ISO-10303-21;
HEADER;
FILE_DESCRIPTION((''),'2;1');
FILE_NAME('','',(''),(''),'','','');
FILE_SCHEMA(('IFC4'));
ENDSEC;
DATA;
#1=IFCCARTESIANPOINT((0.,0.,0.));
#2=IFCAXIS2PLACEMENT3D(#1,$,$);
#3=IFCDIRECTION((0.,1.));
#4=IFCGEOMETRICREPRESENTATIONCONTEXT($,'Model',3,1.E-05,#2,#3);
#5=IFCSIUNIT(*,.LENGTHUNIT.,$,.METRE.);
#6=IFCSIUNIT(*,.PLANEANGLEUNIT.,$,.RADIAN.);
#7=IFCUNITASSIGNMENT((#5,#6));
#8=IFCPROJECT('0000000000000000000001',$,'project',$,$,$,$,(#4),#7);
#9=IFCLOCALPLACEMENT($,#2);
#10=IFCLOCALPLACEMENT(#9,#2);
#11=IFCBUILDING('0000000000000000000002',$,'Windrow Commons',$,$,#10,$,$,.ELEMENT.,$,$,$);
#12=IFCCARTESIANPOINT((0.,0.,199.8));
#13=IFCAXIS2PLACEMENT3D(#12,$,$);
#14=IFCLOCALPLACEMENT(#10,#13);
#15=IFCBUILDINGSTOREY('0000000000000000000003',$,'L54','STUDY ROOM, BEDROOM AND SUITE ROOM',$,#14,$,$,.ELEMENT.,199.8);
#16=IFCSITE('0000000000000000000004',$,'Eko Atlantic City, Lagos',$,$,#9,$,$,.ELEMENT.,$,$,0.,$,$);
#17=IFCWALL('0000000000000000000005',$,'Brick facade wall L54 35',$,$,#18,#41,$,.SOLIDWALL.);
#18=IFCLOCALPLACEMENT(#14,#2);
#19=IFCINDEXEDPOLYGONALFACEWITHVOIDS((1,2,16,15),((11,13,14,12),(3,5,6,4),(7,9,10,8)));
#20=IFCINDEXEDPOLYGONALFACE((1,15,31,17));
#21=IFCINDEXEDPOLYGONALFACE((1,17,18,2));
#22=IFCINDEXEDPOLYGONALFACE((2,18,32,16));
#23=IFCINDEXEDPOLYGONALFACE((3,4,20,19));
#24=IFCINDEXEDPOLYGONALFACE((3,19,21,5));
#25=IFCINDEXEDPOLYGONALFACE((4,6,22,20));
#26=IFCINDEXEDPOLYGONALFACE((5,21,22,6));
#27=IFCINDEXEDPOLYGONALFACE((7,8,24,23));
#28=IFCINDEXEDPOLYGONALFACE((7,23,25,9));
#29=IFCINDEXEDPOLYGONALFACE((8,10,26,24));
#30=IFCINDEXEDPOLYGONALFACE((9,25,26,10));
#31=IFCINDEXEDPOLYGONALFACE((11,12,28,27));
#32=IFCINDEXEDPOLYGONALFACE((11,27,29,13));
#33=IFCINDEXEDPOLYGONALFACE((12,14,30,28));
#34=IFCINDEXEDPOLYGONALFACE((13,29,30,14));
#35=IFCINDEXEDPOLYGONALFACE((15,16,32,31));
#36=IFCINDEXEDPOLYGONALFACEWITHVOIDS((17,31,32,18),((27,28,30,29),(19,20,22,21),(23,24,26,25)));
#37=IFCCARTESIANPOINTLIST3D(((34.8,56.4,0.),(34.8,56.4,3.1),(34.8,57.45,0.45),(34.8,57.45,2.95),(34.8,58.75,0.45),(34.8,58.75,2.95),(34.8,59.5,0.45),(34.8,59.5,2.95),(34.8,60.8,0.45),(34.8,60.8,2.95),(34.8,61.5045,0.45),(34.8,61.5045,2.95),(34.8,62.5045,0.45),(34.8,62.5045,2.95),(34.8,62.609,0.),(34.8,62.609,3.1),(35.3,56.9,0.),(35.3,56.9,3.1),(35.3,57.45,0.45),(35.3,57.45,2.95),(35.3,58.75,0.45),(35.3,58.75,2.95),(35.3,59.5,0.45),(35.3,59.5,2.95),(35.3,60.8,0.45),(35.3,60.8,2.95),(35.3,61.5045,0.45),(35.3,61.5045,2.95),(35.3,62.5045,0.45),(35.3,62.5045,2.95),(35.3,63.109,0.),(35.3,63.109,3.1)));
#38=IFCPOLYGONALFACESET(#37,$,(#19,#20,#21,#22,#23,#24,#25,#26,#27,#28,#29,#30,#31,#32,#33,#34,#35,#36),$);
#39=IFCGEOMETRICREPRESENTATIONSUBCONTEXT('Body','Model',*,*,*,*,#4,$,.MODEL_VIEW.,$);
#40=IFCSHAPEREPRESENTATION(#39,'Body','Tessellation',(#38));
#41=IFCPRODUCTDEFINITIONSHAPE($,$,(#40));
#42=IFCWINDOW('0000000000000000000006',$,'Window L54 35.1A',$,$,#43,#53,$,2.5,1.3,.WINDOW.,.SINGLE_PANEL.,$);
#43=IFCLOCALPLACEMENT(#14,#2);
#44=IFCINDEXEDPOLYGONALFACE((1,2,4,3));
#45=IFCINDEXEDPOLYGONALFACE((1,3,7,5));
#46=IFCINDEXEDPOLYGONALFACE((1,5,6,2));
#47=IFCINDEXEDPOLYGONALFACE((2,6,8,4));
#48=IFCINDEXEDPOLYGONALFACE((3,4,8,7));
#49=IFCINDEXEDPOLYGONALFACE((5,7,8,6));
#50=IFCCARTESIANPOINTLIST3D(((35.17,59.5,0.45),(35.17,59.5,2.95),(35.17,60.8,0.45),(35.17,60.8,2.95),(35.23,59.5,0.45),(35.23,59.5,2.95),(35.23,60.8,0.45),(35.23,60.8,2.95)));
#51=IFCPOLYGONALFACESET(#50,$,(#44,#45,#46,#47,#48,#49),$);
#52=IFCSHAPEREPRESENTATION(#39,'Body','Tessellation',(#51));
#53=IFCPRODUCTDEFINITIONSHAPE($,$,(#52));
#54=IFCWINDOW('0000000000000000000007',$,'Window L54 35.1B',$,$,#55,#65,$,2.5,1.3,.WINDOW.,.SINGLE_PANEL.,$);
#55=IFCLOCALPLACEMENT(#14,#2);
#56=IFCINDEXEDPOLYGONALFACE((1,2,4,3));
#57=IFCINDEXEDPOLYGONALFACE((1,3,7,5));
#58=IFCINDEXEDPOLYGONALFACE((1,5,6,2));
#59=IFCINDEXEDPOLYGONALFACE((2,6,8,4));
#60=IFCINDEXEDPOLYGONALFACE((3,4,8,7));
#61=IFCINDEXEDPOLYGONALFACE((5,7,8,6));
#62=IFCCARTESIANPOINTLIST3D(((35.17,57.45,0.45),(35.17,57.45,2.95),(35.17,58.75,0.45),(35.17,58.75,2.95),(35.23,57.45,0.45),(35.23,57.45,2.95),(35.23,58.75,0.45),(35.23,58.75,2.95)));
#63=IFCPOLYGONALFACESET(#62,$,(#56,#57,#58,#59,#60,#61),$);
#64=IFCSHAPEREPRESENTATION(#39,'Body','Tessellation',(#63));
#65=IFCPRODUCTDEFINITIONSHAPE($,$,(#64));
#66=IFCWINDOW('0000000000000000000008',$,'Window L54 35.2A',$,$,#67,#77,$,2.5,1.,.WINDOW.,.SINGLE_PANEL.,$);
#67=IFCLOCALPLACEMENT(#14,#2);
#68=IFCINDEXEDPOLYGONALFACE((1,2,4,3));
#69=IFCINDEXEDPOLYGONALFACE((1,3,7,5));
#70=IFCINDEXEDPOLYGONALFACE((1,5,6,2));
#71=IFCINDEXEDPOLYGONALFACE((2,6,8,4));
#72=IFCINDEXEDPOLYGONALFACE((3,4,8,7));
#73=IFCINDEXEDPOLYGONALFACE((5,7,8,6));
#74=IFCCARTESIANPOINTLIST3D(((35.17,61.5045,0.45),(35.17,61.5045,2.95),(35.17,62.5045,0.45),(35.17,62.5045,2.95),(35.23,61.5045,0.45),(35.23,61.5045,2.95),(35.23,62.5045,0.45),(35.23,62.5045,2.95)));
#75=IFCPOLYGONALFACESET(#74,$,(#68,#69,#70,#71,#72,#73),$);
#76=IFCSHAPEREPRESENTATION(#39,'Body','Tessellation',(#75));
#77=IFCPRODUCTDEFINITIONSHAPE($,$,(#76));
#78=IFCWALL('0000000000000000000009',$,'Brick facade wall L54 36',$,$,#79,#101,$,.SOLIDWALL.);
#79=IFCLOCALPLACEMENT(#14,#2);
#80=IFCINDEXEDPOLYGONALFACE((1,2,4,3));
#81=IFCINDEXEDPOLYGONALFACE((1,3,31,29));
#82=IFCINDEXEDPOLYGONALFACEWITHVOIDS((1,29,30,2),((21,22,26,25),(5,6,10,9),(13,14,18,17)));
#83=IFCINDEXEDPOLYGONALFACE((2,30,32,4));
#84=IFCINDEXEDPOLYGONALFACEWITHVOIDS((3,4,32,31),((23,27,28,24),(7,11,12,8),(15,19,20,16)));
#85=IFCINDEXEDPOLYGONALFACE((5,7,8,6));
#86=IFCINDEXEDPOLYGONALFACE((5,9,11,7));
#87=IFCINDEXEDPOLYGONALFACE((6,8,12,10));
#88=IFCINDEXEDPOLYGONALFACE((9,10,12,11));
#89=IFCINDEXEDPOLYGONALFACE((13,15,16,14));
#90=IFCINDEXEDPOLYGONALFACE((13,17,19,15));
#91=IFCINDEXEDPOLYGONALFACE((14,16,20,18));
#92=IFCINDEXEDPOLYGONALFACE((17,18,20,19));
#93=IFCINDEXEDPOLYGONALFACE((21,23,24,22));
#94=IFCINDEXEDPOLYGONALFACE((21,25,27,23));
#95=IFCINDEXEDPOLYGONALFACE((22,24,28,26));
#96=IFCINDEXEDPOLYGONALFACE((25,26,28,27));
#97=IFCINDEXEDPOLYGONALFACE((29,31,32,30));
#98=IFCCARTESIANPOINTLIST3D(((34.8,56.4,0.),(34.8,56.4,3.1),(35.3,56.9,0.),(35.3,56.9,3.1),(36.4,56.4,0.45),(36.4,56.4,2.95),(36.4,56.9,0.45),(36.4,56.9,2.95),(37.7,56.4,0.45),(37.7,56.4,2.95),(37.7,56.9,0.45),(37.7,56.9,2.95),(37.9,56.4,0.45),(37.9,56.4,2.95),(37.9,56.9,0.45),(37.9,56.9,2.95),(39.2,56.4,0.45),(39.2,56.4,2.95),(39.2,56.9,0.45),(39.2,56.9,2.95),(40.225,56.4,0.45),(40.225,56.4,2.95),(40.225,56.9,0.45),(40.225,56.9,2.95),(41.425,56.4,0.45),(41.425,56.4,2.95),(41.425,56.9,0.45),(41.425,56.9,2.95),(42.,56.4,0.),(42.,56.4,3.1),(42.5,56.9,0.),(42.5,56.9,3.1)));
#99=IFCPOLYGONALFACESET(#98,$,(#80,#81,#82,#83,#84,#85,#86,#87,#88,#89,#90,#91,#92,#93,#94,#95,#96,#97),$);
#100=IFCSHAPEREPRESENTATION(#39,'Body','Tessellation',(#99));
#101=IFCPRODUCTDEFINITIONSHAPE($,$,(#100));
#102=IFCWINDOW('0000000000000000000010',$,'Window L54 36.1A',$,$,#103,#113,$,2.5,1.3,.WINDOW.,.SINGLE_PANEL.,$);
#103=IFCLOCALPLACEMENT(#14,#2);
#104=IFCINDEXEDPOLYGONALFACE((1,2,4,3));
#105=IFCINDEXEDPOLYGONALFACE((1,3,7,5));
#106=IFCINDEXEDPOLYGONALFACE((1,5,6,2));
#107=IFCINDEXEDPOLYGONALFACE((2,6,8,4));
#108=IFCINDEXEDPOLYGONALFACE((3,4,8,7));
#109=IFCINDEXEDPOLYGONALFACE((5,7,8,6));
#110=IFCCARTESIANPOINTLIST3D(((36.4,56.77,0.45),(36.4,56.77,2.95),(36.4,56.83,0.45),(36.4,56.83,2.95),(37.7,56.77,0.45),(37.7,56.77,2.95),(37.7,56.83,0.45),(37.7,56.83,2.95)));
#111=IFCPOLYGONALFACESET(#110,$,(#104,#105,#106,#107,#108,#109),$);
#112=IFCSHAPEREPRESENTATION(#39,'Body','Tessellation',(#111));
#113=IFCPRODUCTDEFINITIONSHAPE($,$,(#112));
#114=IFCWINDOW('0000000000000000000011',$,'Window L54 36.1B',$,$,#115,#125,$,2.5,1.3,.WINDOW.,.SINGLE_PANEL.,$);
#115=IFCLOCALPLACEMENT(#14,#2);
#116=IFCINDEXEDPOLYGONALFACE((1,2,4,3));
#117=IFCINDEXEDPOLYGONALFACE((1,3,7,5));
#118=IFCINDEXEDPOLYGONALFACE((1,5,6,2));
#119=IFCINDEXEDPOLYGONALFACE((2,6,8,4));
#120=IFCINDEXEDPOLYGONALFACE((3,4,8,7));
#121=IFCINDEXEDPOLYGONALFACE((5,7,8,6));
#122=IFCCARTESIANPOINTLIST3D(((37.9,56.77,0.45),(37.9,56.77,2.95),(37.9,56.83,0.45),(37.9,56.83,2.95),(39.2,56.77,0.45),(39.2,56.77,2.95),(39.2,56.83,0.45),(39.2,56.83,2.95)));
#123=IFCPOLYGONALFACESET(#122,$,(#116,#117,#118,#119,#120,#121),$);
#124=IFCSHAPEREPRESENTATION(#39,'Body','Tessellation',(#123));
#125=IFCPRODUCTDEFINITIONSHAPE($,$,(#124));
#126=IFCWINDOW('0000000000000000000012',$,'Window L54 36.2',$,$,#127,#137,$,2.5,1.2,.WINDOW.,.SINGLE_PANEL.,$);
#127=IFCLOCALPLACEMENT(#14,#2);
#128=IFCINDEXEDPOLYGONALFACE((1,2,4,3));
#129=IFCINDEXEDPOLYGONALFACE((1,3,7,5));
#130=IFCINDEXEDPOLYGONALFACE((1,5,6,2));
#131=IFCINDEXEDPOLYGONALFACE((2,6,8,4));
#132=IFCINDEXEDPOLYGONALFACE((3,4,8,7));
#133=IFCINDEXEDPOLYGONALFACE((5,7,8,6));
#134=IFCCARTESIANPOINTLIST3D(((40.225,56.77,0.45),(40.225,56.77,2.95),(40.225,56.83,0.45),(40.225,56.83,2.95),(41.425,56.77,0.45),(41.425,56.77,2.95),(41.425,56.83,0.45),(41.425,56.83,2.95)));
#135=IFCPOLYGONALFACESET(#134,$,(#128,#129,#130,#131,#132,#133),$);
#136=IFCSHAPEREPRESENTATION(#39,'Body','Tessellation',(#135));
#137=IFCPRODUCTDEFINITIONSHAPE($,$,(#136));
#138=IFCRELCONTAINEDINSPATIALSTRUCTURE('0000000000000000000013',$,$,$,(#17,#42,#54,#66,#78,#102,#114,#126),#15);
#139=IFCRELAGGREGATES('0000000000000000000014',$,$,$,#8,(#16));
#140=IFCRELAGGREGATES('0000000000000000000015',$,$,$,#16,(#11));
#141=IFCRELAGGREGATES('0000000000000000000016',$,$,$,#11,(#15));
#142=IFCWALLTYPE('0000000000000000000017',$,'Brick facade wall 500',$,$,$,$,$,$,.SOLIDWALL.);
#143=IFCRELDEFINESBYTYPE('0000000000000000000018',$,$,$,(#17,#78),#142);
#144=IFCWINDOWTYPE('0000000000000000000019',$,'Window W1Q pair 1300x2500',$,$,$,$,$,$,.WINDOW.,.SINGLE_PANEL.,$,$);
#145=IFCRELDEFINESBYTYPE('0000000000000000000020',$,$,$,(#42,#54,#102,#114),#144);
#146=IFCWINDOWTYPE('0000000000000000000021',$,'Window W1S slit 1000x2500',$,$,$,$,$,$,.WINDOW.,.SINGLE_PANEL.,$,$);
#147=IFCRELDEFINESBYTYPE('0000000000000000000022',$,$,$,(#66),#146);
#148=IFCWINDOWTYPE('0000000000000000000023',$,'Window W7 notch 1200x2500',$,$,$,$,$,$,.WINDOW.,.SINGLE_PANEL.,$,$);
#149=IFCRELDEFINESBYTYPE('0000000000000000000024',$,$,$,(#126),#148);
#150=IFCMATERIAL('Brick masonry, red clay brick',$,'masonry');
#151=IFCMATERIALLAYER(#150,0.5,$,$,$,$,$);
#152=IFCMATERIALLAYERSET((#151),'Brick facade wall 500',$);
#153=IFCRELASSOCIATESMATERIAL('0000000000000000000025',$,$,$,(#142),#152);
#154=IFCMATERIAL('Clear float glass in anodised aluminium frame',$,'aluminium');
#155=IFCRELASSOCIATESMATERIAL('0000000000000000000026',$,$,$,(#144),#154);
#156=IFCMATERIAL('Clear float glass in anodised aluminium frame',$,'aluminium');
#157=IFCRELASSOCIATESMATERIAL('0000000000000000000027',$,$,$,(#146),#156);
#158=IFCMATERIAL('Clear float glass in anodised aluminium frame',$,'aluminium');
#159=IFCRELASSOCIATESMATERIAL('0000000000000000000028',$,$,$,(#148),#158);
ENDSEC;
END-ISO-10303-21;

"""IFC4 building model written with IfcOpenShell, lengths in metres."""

from ifc_helpers import new_model, si_unit, direction, frame, frame_2d, origin, place, context, subcontext, project, spatial, polyline, rectangle, outline, extrude, material, layer, layer_set, type_object, element, fill, save


model = new_model("IFC4")

# Units and contexts
model_context = context("Model", 3, precision=1e-05, world=origin(), true_north=direction((0.0, 1.0)))
body_context = subcontext(model_context, "Body", "Model", "MODEL_VIEW")
ifc_project = project(units=[si_unit("LENGTHUNIT", "METRE"), si_unit("PLANEANGLEUNIT", "RADIAN")], contexts=[model_context])

# Site, building, storey
site_placement = place(None, origin())
site = spatial("IfcSite", under=ifc_project, at=site_placement, Name="Eko Atlantic City, Lagos", CompositionType="ELEMENT", RefElevation=0.0)
building_placement = place(site_placement, origin())
building = spatial("IfcBuilding", under=site, at=building_placement, Name="Windrow Commons", CompositionType="ELEMENT")
storey_placement = place(building_placement, frame((0.0, 0.0, 199.8)))
storey = spatial("IfcBuildingStorey", under=building, at=storey_placement, Name="L54", Description="STUDY ROOM, BEDROOM AND SUITE ROOM", CompositionType="ELEMENT", Elevation=199.8)

# Walls, openings, windows
ifc_material_1 = material(Name="Brick masonry, red clay brick", Category="masonry")
ifc_layer = layer(ifc_material_1, 0.5)
ifc_layer_set = layer_set([ifc_layer], Name="Brick facade wall 500")
wall_type = type_object("IfcWallType", Name="Brick facade wall 500", PredefinedType="SOLIDWALL", material=ifc_layer_set)
wall_1_placement = place(storey_placement, frame((35.05, 62.859, 0.0), z_axis=(0.0, 0.0, 1.0), x_axis=(0.0, -1.0, 0.0)))
wall_1 = element("IfcWall", 1, at=wall_1_placement, inside=storey, type_object=wall_type, Name="Brick facade wall L54 35", PredefinedType="SOLIDWALL", context=body_context, shape_type="SweptSolid", body=[
    extrude(outline(polyline([(0.25, -0.25), (6.459, -0.25), (5.959, 0.25), (-0.25, 0.25), (0.25, -0.25)])), origin(), (0.0, 0.0, 1.0), 3.1),
])
opening_1_placement = place(wall_1_placement, frame((2.059, 0.0, 0.45)))
opening_1 = element("IfcOpeningElement", 2, at=opening_1_placement, cuts=wall_1, PredefinedType="OPENING", context=body_context, shape_type="SweptSolid", body=[
    extrude(rectangle(XDim=1.3, YDim=2.5, at=frame_2d((0.65, 1.25))), frame((0.0, 0.26, 0.0), z_axis=(0.0, -1.0, 0.0), x_axis=(1.0, 0.0, 0.0)), (0.0, 0.0, 1.0), 0.52),
])
opening_2_placement = place(wall_1_placement, frame((4.109, 0.0, 0.45)))
opening_2 = element("IfcOpeningElement", 3, at=opening_2_placement, cuts=wall_1, PredefinedType="OPENING", context=body_context, shape_type="SweptSolid", body=[
    extrude(rectangle(XDim=1.3, YDim=2.5, at=frame_2d((0.65, 1.25))), frame((0.0, 0.26, 0.0), z_axis=(0.0, -1.0, 0.0), x_axis=(1.0, 0.0, 0.0)), (0.0, 0.0, 1.0), 0.52),
])
opening_3_placement = place(wall_1_placement, frame((0.3545, 0.0, 0.45)))
opening_3 = element("IfcOpeningElement", 4, at=opening_3_placement, cuts=wall_1, PredefinedType="OPENING", context=body_context, shape_type="SweptSolid", body=[
    extrude(rectangle(XDim=1.0, YDim=2.5, at=frame_2d((0.5, 1.25))), frame((0.0, 0.26, 0.0), z_axis=(0.0, -1.0, 0.0), x_axis=(1.0, 0.0, 0.0)), (0.0, 0.0, 1.0), 0.52),
])
ifc_material_2 = material(Name="Clear float glass in anodised aluminium frame", Category="aluminium")
window_type_1 = type_object("IfcWindowType", Name="Window W1Q pair 1300x2500", PartitioningType="SINGLE_PANEL", PredefinedType="WINDOW", material=ifc_material_2)
window_1_placement = place(opening_1_placement, origin())
window_1 = element("IfcWindow", 5, at=window_1_placement, inside=storey, type_object=window_type_1, Name="Window L54 35.1A", OverallHeight=2.5, OverallWidth=1.3, PartitioningType="SINGLE_PANEL", PredefinedType="WINDOW", context=body_context, shape_type="SweptSolid", body=[
    extrude(rectangle(XDim=1.3, YDim=2.5, at=frame_2d((0.65, 1.25))), frame((0.0, 0.18, 0.0), z_axis=(0.0, -1.0, 0.0), x_axis=(1.0, 0.0, 0.0)), (0.0, 0.0, 1.0), 0.06),
])
fill(opening_1, window_1)
window_2_placement = place(opening_2_placement, origin())
window_2 = element("IfcWindow", 6, at=window_2_placement, inside=storey, type_object=window_type_1, Name="Window L54 35.1B", OverallHeight=2.5, OverallWidth=1.3, PartitioningType="SINGLE_PANEL", PredefinedType="WINDOW", context=body_context, shape_type="SweptSolid", body=[
    extrude(rectangle(XDim=1.3, YDim=2.5, at=frame_2d((0.65, 1.25))), frame((0.0, 0.18, 0.0), z_axis=(0.0, -1.0, 0.0), x_axis=(1.0, 0.0, 0.0)), (0.0, 0.0, 1.0), 0.06),
])
fill(opening_2, window_2)
ifc_material_3 = material(Name="Clear float glass in anodised aluminium frame", Category="aluminium")
window_type_2 = type_object("IfcWindowType", Name="Window W1S slit 1000x2500", PartitioningType="SINGLE_PANEL", PredefinedType="WINDOW", material=ifc_material_3)
window_3_placement = place(opening_3_placement, origin())
window_3 = element("IfcWindow", 7, at=window_3_placement, inside=storey, type_object=window_type_2, Name="Window L54 35.2A", OverallHeight=2.5, OverallWidth=1.0, PartitioningType="SINGLE_PANEL", PredefinedType="WINDOW", context=body_context, shape_type="SweptSolid", body=[
    extrude(rectangle(XDim=1.0, YDim=2.5, at=frame_2d((0.5, 1.25))), frame((0.0, 0.18, 0.0), z_axis=(0.0, -1.0, 0.0), x_axis=(1.0, 0.0, 0.0)), (0.0, 0.0, 1.0), 0.06),
])
fill(opening_3, window_3)
wall_2_placement = place(storey_placement, frame((35.05, 56.65, 0.0), z_axis=(0.0, 0.0, 1.0), x_axis=(1.0, 0.0, 0.0)))
wall_2 = element("IfcWall", 8, at=wall_2_placement, inside=storey, type_object=wall_type, Name="Brick facade wall L54 36", PredefinedType="SOLIDWALL", context=body_context, shape_type="SweptSolid", body=[
    extrude(outline(polyline([(-0.25, -0.25), (6.95, -0.25), (7.45, 0.25), (0.25, 0.25), (-0.25, -0.25)])), origin(), (0.0, 0.0, 1.0), 3.1),
])
opening_4_placement = place(wall_2_placement, frame((1.35, 0.0, 0.45)))
opening_4 = element("IfcOpeningElement", 9, at=opening_4_placement, cuts=wall_2, PredefinedType="OPENING", context=body_context, shape_type="SweptSolid", body=[
    extrude(rectangle(XDim=1.3, YDim=2.5, at=frame_2d((0.65, 1.25))), frame((0.0, 0.26, 0.0), z_axis=(0.0, -1.0, 0.0), x_axis=(1.0, 0.0, 0.0)), (0.0, 0.0, 1.0), 0.52),
])
opening_5_placement = place(wall_2_placement, frame((2.85, 0.0, 0.45)))
opening_5 = element("IfcOpeningElement", 10, at=opening_5_placement, cuts=wall_2, PredefinedType="OPENING", context=body_context, shape_type="SweptSolid", body=[
    extrude(rectangle(XDim=1.3, YDim=2.5, at=frame_2d((0.65, 1.25))), frame((0.0, 0.26, 0.0), z_axis=(0.0, -1.0, 0.0), x_axis=(1.0, 0.0, 0.0)), (0.0, 0.0, 1.0), 0.52),
])
opening_6_placement = place(wall_2_placement, frame((5.175, 0.0, 0.45)))
opening_6 = element("IfcOpeningElement", 11, at=opening_6_placement, cuts=wall_2, PredefinedType="OPENING", context=body_context, shape_type="SweptSolid", body=[
    extrude(rectangle(XDim=1.2, YDim=2.5, at=frame_2d((0.6, 1.25))), frame((0.0, 0.26, 0.0), z_axis=(0.0, -1.0, 0.0), x_axis=(1.0, 0.0, 0.0)), (0.0, 0.0, 1.0), 0.52),
])
window_4_placement = place(opening_4_placement, origin())
window_4 = element("IfcWindow", 12, at=window_4_placement, inside=storey, type_object=window_type_1, Name="Window L54 36.1A", OverallHeight=2.5, OverallWidth=1.3, PartitioningType="SINGLE_PANEL", PredefinedType="WINDOW", context=body_context, shape_type="SweptSolid", body=[
    extrude(rectangle(XDim=1.3, YDim=2.5, at=frame_2d((0.65, 1.25))), frame((0.0, 0.18, 0.0), z_axis=(0.0, -1.0, 0.0), x_axis=(1.0, 0.0, 0.0)), (0.0, 0.0, 1.0), 0.06),
])
fill(opening_4, window_4)
window_5_placement = place(opening_5_placement, origin())
window_5 = element("IfcWindow", 13, at=window_5_placement, inside=storey, type_object=window_type_1, Name="Window L54 36.1B", OverallHeight=2.5, OverallWidth=1.3, PartitioningType="SINGLE_PANEL", PredefinedType="WINDOW", context=body_context, shape_type="SweptSolid", body=[
    extrude(rectangle(XDim=1.3, YDim=2.5, at=frame_2d((0.65, 1.25))), frame((0.0, 0.18, 0.0), z_axis=(0.0, -1.0, 0.0), x_axis=(1.0, 0.0, 0.0)), (0.0, 0.0, 1.0), 0.06),
])
fill(opening_5, window_5)
ifc_material_4 = material(Name="Clear float glass in anodised aluminium frame", Category="aluminium")
window_type_3 = type_object("IfcWindowType", Name="Window W7 notch 1200x2500", PartitioningType="SINGLE_PANEL", PredefinedType="WINDOW", material=ifc_material_4)
window_6_placement = place(opening_6_placement, origin())
window_6 = element("IfcWindow", 14, at=window_6_placement, inside=storey, type_object=window_type_3, Name="Window L54 36.2", OverallHeight=2.5, OverallWidth=1.2, PartitioningType="SINGLE_PANEL", PredefinedType="WINDOW", context=body_context, shape_type="SweptSolid", body=[
    extrude(rectangle(XDim=1.2, YDim=2.5, at=frame_2d((0.6, 1.25))), frame((0.0, 0.18, 0.0), z_axis=(0.0, -1.0, 0.0), x_axis=(1.0, 0.0, 0.0)), (0.0, 0.0, 1.0), 0.06),
])
fill(opening_6, window_6)

save(model, "model.ifc")
